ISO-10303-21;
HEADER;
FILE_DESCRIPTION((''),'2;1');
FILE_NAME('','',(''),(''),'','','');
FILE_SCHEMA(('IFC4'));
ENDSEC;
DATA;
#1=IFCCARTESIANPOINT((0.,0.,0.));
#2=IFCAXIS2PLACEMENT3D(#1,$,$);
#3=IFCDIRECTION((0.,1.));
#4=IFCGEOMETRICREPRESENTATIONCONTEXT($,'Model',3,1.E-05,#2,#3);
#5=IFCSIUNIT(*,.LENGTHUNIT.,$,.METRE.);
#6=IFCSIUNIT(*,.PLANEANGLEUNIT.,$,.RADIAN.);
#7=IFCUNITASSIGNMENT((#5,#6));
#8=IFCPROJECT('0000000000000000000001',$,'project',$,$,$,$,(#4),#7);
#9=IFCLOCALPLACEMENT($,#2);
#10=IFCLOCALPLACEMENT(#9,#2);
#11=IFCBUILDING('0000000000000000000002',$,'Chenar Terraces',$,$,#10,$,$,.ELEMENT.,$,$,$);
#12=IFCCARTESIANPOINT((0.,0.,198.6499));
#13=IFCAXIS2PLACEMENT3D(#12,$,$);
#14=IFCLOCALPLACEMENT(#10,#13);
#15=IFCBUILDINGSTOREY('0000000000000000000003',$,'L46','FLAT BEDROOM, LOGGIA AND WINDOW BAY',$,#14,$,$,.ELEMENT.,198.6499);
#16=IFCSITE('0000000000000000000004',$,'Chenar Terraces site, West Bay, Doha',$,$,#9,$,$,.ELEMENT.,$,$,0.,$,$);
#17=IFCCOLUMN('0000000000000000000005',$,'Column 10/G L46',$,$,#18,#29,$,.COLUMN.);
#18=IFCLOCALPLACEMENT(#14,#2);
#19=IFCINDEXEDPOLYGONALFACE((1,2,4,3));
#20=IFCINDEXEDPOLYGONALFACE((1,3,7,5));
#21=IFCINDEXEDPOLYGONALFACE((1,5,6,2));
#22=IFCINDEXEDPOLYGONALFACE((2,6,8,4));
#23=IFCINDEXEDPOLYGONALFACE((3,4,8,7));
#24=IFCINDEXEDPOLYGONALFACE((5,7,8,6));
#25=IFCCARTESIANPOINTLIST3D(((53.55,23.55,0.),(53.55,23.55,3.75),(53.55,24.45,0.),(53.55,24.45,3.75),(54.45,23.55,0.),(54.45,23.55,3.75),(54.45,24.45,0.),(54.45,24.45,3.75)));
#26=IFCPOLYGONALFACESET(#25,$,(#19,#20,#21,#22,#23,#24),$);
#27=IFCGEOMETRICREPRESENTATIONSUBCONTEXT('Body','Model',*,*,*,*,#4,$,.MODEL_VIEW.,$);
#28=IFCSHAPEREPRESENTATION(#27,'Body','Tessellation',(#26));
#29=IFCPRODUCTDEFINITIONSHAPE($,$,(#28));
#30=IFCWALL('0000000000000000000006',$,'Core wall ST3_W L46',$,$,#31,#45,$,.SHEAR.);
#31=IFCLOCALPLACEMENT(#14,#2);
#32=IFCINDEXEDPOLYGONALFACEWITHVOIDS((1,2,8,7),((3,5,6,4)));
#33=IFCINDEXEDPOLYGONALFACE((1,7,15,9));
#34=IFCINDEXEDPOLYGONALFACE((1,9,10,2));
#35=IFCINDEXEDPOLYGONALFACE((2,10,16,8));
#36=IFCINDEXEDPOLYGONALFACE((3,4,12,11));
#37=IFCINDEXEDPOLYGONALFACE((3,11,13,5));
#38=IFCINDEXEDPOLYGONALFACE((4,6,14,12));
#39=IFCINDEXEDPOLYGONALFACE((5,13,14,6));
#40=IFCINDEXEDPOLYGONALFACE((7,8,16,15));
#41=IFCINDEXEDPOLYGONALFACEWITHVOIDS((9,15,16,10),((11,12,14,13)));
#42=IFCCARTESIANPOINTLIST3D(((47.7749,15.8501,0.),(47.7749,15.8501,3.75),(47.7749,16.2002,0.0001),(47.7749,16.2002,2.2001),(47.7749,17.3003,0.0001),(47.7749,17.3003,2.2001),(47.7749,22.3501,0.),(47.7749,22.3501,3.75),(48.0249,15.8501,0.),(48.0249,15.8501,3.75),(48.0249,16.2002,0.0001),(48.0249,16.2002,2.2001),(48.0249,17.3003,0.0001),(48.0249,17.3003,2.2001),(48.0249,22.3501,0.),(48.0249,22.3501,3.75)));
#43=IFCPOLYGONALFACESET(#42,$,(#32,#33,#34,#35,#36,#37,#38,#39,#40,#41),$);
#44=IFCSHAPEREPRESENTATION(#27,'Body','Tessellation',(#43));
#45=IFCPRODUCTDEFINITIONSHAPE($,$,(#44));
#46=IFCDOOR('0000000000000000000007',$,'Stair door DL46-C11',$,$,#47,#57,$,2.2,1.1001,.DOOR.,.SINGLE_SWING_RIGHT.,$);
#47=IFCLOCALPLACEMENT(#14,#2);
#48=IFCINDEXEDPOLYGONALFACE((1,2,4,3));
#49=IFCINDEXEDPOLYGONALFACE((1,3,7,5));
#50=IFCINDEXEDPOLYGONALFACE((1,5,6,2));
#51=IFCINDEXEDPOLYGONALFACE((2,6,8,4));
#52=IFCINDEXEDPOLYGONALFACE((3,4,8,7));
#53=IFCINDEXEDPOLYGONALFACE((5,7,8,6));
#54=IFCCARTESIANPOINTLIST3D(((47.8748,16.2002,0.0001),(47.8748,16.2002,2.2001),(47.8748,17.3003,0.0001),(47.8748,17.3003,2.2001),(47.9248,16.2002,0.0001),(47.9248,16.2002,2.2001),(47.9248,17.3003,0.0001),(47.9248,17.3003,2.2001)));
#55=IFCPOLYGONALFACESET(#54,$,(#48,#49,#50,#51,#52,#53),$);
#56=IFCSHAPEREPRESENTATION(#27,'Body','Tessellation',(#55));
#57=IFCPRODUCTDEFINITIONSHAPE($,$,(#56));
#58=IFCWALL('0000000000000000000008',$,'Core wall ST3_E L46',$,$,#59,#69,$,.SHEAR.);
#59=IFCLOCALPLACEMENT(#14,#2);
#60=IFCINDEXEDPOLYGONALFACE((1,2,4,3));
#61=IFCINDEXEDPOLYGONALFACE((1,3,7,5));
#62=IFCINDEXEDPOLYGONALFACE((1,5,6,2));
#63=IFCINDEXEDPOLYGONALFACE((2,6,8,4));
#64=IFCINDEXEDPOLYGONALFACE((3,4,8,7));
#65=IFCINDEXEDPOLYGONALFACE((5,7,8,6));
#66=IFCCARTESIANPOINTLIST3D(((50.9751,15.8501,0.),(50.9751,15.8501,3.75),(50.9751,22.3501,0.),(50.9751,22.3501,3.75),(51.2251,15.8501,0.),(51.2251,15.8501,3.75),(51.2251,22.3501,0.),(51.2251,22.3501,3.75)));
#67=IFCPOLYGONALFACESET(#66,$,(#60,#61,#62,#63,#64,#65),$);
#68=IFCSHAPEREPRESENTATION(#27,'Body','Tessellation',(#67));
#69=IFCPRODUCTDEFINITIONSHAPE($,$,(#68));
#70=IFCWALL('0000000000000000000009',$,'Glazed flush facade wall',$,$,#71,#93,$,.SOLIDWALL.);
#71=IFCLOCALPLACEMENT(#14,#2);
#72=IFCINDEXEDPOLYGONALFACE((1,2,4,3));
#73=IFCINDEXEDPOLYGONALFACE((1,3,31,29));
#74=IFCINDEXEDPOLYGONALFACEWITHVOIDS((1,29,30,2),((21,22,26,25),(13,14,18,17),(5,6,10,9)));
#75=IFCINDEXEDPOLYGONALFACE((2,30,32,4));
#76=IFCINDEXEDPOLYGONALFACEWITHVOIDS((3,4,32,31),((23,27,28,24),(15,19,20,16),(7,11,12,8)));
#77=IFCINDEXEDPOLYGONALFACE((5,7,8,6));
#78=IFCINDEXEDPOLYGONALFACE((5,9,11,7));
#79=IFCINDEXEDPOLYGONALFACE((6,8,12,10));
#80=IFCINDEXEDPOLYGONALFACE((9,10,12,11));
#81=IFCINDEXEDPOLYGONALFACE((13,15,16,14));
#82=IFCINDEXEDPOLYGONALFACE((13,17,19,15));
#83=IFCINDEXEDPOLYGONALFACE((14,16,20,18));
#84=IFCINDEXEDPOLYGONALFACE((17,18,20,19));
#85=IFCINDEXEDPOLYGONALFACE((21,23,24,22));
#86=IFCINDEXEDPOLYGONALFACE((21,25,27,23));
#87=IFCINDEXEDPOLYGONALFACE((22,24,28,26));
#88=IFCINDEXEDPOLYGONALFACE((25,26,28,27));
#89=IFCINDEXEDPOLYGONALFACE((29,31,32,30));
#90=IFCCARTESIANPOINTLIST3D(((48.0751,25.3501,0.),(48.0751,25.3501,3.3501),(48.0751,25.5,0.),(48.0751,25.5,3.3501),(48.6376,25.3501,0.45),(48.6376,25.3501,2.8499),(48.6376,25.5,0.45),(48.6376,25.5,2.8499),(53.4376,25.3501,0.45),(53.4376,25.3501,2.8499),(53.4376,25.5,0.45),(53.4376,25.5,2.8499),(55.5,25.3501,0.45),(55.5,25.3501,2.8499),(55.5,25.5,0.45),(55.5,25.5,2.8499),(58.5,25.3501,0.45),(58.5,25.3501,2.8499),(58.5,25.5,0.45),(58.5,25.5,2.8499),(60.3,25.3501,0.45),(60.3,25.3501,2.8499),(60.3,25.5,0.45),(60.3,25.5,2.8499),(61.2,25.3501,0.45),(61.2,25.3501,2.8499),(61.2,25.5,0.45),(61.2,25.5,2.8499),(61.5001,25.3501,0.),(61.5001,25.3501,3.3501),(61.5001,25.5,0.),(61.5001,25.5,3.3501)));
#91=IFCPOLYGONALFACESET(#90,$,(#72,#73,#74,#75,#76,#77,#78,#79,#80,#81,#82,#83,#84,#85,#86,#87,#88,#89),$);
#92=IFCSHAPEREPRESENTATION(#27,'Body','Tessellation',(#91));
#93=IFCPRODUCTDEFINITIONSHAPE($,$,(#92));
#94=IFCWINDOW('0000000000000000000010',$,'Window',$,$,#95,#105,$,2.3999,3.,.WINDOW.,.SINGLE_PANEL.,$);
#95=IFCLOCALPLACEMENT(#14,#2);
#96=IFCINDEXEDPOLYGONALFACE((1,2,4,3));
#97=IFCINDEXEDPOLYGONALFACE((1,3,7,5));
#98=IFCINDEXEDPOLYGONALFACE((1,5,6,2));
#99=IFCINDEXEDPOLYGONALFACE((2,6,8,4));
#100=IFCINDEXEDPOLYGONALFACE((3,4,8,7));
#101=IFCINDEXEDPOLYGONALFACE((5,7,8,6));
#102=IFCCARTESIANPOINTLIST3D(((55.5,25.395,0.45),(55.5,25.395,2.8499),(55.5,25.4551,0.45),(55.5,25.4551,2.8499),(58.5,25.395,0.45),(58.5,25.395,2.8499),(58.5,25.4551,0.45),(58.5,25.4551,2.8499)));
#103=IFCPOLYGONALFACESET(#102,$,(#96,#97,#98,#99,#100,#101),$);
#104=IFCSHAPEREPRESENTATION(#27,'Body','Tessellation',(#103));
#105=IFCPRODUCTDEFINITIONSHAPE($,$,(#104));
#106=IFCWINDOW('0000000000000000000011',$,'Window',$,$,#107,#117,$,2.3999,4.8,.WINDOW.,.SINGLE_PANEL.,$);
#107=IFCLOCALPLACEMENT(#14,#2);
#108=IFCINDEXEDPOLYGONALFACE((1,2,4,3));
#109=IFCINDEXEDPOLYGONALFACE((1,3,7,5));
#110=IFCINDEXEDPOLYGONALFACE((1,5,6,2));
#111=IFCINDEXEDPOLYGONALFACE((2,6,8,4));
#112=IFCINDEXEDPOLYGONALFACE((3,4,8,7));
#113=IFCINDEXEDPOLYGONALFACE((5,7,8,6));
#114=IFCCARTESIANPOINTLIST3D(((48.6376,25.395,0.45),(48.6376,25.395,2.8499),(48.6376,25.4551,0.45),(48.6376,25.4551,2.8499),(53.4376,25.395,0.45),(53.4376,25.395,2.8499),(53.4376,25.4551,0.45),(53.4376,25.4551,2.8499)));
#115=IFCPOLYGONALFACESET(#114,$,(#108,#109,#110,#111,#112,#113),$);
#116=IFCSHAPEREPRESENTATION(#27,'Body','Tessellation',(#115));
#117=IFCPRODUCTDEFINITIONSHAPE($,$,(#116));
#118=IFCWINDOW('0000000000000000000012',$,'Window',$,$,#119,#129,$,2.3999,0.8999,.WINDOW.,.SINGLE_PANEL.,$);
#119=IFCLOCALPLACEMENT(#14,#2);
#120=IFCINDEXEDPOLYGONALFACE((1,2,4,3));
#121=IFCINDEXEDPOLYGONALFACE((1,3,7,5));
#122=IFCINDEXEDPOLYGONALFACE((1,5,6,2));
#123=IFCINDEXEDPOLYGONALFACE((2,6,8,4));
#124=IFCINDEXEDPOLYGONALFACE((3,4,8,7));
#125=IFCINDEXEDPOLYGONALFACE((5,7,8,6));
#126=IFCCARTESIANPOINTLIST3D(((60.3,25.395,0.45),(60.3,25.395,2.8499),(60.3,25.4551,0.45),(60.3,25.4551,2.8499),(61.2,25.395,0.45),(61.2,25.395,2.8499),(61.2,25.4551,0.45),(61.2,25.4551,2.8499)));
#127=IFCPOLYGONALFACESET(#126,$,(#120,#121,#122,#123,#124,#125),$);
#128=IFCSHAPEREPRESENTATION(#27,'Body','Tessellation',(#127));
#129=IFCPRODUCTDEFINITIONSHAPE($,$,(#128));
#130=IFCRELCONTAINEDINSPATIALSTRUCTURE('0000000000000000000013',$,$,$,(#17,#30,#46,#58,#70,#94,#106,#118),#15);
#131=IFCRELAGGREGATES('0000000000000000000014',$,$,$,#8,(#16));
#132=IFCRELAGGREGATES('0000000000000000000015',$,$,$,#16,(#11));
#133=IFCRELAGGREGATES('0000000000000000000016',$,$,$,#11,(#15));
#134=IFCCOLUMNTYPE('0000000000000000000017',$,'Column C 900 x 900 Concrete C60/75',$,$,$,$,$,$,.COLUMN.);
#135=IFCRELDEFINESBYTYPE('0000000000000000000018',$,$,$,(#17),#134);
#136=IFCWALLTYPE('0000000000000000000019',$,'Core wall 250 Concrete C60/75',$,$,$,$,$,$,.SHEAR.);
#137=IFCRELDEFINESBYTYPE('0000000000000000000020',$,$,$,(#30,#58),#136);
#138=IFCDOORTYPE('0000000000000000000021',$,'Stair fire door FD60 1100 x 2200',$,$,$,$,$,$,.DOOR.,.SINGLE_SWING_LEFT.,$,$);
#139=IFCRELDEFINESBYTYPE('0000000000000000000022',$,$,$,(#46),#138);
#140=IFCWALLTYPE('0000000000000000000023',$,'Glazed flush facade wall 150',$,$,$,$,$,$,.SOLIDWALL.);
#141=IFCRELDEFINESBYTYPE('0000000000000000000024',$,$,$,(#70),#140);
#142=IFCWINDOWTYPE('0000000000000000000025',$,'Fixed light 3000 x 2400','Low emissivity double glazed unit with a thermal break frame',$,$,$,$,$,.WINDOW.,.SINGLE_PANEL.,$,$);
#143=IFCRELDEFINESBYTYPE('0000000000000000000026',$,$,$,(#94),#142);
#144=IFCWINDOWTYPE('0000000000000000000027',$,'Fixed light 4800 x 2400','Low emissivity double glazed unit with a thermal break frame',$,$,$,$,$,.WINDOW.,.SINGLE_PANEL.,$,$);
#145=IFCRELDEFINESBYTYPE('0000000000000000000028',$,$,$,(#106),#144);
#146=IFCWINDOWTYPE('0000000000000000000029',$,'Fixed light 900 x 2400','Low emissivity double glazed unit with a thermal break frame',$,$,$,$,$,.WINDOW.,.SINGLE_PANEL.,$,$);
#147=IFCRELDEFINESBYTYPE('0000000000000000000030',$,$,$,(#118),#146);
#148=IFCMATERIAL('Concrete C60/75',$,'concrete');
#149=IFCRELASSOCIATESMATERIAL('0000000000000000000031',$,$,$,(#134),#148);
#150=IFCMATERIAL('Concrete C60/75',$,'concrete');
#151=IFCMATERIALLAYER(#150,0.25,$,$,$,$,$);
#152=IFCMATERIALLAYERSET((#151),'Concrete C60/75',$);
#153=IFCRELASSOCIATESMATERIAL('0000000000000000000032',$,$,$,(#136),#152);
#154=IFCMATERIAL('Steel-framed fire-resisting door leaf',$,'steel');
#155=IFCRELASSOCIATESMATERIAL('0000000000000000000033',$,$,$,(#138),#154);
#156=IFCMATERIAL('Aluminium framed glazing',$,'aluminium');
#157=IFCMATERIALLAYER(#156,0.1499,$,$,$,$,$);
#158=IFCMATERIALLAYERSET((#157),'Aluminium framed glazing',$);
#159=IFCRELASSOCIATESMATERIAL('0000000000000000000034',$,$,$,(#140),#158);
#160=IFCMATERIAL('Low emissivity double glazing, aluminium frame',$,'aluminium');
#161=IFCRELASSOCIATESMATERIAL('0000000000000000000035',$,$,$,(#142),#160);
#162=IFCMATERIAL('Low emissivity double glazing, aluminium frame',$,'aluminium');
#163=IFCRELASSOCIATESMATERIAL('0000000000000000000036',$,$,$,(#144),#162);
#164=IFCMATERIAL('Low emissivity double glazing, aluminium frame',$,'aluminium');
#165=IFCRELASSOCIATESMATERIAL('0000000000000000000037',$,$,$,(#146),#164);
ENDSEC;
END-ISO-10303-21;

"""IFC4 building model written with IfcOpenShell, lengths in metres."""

from ifc_helpers import new_model, si_unit, direction, frame, frame_2d, origin, origin_2d, place, context, subcontext, project, spatial, rectangle, extrude, material, layer, layer_set, material_profile, profile_set, type_object, element, fill, save


model = new_model("IFC4")

# Units and contexts
model_context = context("Model", 3, precision=1e-05, world=origin(), true_north=direction((0.0, 1.0)))
body_context = subcontext(model_context, "Body", "Model", "MODEL_VIEW")
ifc_project = project(units=[si_unit("LENGTHUNIT", "METRE"), si_unit("PLANEANGLEUNIT", "RADIAN")], contexts=[model_context])

# Site, building, storey
site_placement = place(None, origin())
site = spatial("IfcSite", under=ifc_project, at=site_placement, Name="Chenar Terraces site, West Bay, Doha", CompositionType="ELEMENT", RefElevation=0.0)
building_placement = place(site_placement, origin())
building = spatial("IfcBuilding", under=site, at=building_placement, Name="Chenar Terraces", CompositionType="ELEMENT")
storey_placement = place(building_placement, frame((0.0, 0.0, 198.6499)))
storey = spatial("IfcBuildingStorey", under=building, at=storey_placement, Name="L46", Description="FLAT BEDROOM, LOGGIA AND WINDOW BAY", CompositionType="ELEMENT", Elevation=198.6499)

# Column
ifc_material_1 = material(Name="Concrete C60/75", Category="concrete")
ifc_material_profile = material_profile(ifc_material_1, rectangle(XDim=0.8999, YDim=0.8999, at=origin_2d()), Name="C 900 x 900")
ifc_profile_set = profile_set([ifc_material_profile], Name="Concrete C60/75")
column_type = type_object("IfcColumnType", Name="Column C 900 x 900 Concrete C60/75", PredefinedType="COLUMN", material=ifc_profile_set)
column_placement = place(storey_placement, frame((54.0, 24.0, 0.0), z_axis=(0.0, 0.0, 1.0), x_axis=(1.0, 0.0, 0.0)))
element("IfcColumn", 1, at=column_placement, inside=storey, type_object=column_type, Name="Column 10/G L46", PredefinedType="COLUMN", context=body_context, shape_type="SweptSolid", body=[
    extrude(rectangle(XDim=0.8999, YDim=0.8999, at=origin_2d()), origin(), (0.0, 0.0, 1.0), 3.75),
])

# Wall, opening, door
ifc_material_2 = material(Name="Concrete C60/75", Category="concrete")
ifc_layer_1 = layer(ifc_material_2, 0.25)
ifc_layer_set_1 = layer_set([ifc_layer_1], Name="Concrete C60/75")
wall_type_1 = type_object("IfcWallType", Name="Core wall 250 Concrete C60/75", PredefinedType="SHEAR", material=ifc_layer_set_1)
wall_1_placement = place(storey_placement, frame((47.8999, 15.8501, 0.0), z_axis=(0.0, 0.0, 1.0), x_axis=(0.0, 1.0, 0.0)))
wall_1 = element("IfcWall", 2, at=wall_1_placement, inside=storey, type_object=wall_type_1, Name="Core wall ST3_W L46", PredefinedType="SHEAR", context=body_context, shape_type="SweptSolid", body=[
    extrude(rectangle(XDim=6.5, YDim=0.25, at=frame_2d((3.25, 0.0))), origin(), (0.0, 0.0, 1.0), 3.75),
])
opening_1_placement = place(wall_1_placement, frame((0.3501, 0.0, 0.0)))
opening_1 = element("IfcOpeningElement", 3, at=opening_1_placement, cuts=wall_1, PredefinedType="OPENING", context=body_context, shape_type="SweptSolid", body=[
    extrude(rectangle(XDim=1.1001, YDim=2.2, at=frame_2d((0.55, 1.1001))), frame((0.0, 0.135, 0.0), z_axis=(0.0, -1.0, 0.0), x_axis=(1.0, 0.0, 0.0)), (0.0, 0.0, 1.0), 0.27),
])
ifc_material_3 = material(Name="Steel-framed fire-resisting door leaf", Category="steel")
door_type_1 = type_object("IfcDoorType", Name="Stair fire door FD60 1100 x 2200", OperationType="SINGLE_SWING_LEFT", PredefinedType="DOOR", material=ifc_material_3)
door_1_placement = place(opening_1_placement, frame((1.1001, 0.0, 0.0), z_axis=(0.0, 0.0, 1.0), x_axis=(-1.0, 0.0, 0.0)))
door_1 = element("IfcDoor", 4, at=door_1_placement, inside=storey, type_object=door_type_1, Name="Stair door DL46-C11", OperationType="SINGLE_SWING_RIGHT", OverallHeight=2.2, OverallWidth=1.1001, PredefinedType="DOOR", context=body_context, shape_type="SweptSolid", body=[
    extrude(rectangle(XDim=1.1001, YDim=2.2, at=frame_2d((0.55, 1.1001))), frame((0.0, 0.0249, 0.0), z_axis=(0.0, -1.0, 0.0), x_axis=(1.0, 0.0, 0.0)), (0.0, 0.0, 1.0), 0.05),
])
fill(opening_1, door_1)

# Wall
wall_2_placement = place(storey_placement, frame((51.1001, 15.8501, 0.0), z_axis=(0.0, 0.0, 1.0), x_axis=(0.0, 1.0, 0.0)))
element("IfcWall", 5, at=wall_2_placement, inside=storey, type_object=wall_type_1, Name="Core wall ST3_E L46", PredefinedType="SHEAR", context=body_context, shape_type="SweptSolid", body=[
    extrude(rectangle(XDim=6.5, YDim=0.25, at=frame_2d((3.25, 0.0))), origin(), (0.0, 0.0, 1.0), 3.75),
])

# Wall, openings, windows
ifc_material_4 = material(Name="Aluminium framed glazing", Category="aluminium")
ifc_layer_2 = layer(ifc_material_4, 0.1499)
ifc_layer_set_2 = layer_set([ifc_layer_2], Name="Aluminium framed glazing")
wall_type_2 = type_object("IfcWallType", Name="Glazed flush facade wall 150", PredefinedType="SOLIDWALL", material=ifc_layer_set_2)
wall_3_placement = place(storey_placement, frame((61.5, 25.425, 0.0), z_axis=(0.0, 0.0, 1.0), x_axis=(-1.0, 0.0, 0.0)))
wall_3 = element("IfcWall", 6, at=wall_3_placement, inside=storey, type_object=wall_type_2, Name="Glazed flush facade wall", PredefinedType="SOLIDWALL", context=body_context, shape_type="SweptSolid", body=[
    extrude(rectangle(XDim=13.425, YDim=0.1499, at=frame_2d((6.7124, 0.0))), origin(), (0.0, 0.0, 1.0), 3.3501),
])
opening_2_placement = place(wall_3_placement, frame((0.3, 0.0, 0.45)))
opening_2 = element("IfcOpeningElement", 7, at=opening_2_placement, cuts=wall_3, PredefinedType="OPENING", context=body_context, shape_type="SweptSolid", body=[
    extrude(rectangle(XDim=0.8999, YDim=2.3999, at=frame_2d((0.45, 1.2))), frame((0.0, 0.085, 0.0), z_axis=(0.0, -1.0, 0.0), x_axis=(1.0, 0.0, 0.0)), (0.0, 0.0, 1.0), 0.1699),
])
opening_3_placement = place(wall_3_placement, frame((3.0, 0.0, 0.45)))
opening_3 = element("IfcOpeningElement", 8, at=opening_3_placement, cuts=wall_3, PredefinedType="OPENING", context=body_context, shape_type="SweptSolid", body=[
    extrude(rectangle(XDim=3.0, YDim=2.3999, at=frame_2d((1.5, 1.2))), frame((0.0, 0.085, 0.0), z_axis=(0.0, -1.0, 0.0), x_axis=(1.0, 0.0, 0.0)), (0.0, 0.0, 1.0), 0.1699),
])
opening_4_placement = place(wall_3_placement, frame((8.0625, 0.0, 0.45)))
opening_4 = element("IfcOpeningElement", 9, at=opening_4_placement, cuts=wall_3, PredefinedType="OPENING", context=body_context, shape_type="SweptSolid", body=[
    extrude(rectangle(XDim=4.8, YDim=2.3999, at=frame_2d((2.3999, 1.2))), frame((0.0, 0.085, 0.0), z_axis=(0.0, -1.0, 0.0), x_axis=(1.0, 0.0, 0.0)), (0.0, 0.0, 1.0), 0.1699),
])
ifc_material_5 = material(Name="Low emissivity double glazing, aluminium frame", Category="aluminium")
window_type_1 = type_object("IfcWindowType", Name="Fixed light 3000 x 2400", Description="Low emissivity double glazed unit with a thermal break frame", PartitioningType="SINGLE_PANEL", PredefinedType="WINDOW", material=ifc_material_5)
window_1_placement = place(opening_3_placement, origin())
window_1 = element("IfcWindow", 10, at=window_1_placement, inside=storey, type_object=window_type_1, Name="Window", OverallHeight=2.3999, OverallWidth=3.0, PartitioningType="SINGLE_PANEL", PredefinedType="WINDOW", context=body_context, shape_type="SweptSolid", body=[
    extrude(rectangle(XDim=3.0, YDim=2.3999, at=frame_2d((1.5, 1.2))), frame((0.0, 0.03, 0.0), z_axis=(0.0, -1.0, 0.0), x_axis=(1.0, 0.0, 0.0)), (0.0, 0.0, 1.0), 0.0601),
])
fill(opening_3, window_1)
ifc_material_6 = material(Name="Low emissivity double glazing, aluminium frame", Category="aluminium")
window_type_2 = type_object("IfcWindowType", Name="Fixed light 4800 x 2400", Description="Low emissivity double glazed unit with a thermal break frame", PartitioningType="SINGLE_PANEL", PredefinedType="WINDOW", material=ifc_material_6)
window_2_placement = place(opening_4_placement, origin())
window_2 = element("IfcWindow", 11, at=window_2_placement, inside=storey, type_object=window_type_2, Name="Window", OverallHeight=2.3999, OverallWidth=4.8, PartitioningType="SINGLE_PANEL", PredefinedType="WINDOW", context=body_context, shape_type="SweptSolid", body=[
    extrude(rectangle(XDim=4.8, YDim=2.3999, at=frame_2d((2.3999, 1.2))), frame((0.0, 0.03, 0.0), z_axis=(0.0, -1.0, 0.0), x_axis=(1.0, 0.0, 0.0)), (0.0, 0.0, 1.0), 0.0601),
])
fill(opening_4, window_2)
ifc_material_7 = material(Name="Low emissivity double glazing, aluminium frame", Category="aluminium")
window_type_3 = type_object("IfcWindowType", Name="Fixed light 900 x 2400", Description="Low emissivity double glazed unit with a thermal break frame", PartitioningType="SINGLE_PANEL", PredefinedType="WINDOW", material=ifc_material_7)
window_3_placement = place(opening_2_placement, origin())
window_3 = element("IfcWindow", 12, at=window_3_placement, inside=storey, type_object=window_type_3, Name="Window", OverallHeight=2.3999, OverallWidth=0.8999, PartitioningType="SINGLE_PANEL", PredefinedType="WINDOW", context=body_context, shape_type="SweptSolid", body=[
    extrude(rectangle(XDim=0.8999, YDim=2.3999, at=frame_2d((0.45, 1.2))), frame((0.0, 0.03, 0.0), z_axis=(0.0, -1.0, 0.0), x_axis=(1.0, 0.0, 0.0)), (0.0, 0.0, 1.0), 0.0601),
])
fill(opening_2, window_3)

save(model, "model.ifc")
